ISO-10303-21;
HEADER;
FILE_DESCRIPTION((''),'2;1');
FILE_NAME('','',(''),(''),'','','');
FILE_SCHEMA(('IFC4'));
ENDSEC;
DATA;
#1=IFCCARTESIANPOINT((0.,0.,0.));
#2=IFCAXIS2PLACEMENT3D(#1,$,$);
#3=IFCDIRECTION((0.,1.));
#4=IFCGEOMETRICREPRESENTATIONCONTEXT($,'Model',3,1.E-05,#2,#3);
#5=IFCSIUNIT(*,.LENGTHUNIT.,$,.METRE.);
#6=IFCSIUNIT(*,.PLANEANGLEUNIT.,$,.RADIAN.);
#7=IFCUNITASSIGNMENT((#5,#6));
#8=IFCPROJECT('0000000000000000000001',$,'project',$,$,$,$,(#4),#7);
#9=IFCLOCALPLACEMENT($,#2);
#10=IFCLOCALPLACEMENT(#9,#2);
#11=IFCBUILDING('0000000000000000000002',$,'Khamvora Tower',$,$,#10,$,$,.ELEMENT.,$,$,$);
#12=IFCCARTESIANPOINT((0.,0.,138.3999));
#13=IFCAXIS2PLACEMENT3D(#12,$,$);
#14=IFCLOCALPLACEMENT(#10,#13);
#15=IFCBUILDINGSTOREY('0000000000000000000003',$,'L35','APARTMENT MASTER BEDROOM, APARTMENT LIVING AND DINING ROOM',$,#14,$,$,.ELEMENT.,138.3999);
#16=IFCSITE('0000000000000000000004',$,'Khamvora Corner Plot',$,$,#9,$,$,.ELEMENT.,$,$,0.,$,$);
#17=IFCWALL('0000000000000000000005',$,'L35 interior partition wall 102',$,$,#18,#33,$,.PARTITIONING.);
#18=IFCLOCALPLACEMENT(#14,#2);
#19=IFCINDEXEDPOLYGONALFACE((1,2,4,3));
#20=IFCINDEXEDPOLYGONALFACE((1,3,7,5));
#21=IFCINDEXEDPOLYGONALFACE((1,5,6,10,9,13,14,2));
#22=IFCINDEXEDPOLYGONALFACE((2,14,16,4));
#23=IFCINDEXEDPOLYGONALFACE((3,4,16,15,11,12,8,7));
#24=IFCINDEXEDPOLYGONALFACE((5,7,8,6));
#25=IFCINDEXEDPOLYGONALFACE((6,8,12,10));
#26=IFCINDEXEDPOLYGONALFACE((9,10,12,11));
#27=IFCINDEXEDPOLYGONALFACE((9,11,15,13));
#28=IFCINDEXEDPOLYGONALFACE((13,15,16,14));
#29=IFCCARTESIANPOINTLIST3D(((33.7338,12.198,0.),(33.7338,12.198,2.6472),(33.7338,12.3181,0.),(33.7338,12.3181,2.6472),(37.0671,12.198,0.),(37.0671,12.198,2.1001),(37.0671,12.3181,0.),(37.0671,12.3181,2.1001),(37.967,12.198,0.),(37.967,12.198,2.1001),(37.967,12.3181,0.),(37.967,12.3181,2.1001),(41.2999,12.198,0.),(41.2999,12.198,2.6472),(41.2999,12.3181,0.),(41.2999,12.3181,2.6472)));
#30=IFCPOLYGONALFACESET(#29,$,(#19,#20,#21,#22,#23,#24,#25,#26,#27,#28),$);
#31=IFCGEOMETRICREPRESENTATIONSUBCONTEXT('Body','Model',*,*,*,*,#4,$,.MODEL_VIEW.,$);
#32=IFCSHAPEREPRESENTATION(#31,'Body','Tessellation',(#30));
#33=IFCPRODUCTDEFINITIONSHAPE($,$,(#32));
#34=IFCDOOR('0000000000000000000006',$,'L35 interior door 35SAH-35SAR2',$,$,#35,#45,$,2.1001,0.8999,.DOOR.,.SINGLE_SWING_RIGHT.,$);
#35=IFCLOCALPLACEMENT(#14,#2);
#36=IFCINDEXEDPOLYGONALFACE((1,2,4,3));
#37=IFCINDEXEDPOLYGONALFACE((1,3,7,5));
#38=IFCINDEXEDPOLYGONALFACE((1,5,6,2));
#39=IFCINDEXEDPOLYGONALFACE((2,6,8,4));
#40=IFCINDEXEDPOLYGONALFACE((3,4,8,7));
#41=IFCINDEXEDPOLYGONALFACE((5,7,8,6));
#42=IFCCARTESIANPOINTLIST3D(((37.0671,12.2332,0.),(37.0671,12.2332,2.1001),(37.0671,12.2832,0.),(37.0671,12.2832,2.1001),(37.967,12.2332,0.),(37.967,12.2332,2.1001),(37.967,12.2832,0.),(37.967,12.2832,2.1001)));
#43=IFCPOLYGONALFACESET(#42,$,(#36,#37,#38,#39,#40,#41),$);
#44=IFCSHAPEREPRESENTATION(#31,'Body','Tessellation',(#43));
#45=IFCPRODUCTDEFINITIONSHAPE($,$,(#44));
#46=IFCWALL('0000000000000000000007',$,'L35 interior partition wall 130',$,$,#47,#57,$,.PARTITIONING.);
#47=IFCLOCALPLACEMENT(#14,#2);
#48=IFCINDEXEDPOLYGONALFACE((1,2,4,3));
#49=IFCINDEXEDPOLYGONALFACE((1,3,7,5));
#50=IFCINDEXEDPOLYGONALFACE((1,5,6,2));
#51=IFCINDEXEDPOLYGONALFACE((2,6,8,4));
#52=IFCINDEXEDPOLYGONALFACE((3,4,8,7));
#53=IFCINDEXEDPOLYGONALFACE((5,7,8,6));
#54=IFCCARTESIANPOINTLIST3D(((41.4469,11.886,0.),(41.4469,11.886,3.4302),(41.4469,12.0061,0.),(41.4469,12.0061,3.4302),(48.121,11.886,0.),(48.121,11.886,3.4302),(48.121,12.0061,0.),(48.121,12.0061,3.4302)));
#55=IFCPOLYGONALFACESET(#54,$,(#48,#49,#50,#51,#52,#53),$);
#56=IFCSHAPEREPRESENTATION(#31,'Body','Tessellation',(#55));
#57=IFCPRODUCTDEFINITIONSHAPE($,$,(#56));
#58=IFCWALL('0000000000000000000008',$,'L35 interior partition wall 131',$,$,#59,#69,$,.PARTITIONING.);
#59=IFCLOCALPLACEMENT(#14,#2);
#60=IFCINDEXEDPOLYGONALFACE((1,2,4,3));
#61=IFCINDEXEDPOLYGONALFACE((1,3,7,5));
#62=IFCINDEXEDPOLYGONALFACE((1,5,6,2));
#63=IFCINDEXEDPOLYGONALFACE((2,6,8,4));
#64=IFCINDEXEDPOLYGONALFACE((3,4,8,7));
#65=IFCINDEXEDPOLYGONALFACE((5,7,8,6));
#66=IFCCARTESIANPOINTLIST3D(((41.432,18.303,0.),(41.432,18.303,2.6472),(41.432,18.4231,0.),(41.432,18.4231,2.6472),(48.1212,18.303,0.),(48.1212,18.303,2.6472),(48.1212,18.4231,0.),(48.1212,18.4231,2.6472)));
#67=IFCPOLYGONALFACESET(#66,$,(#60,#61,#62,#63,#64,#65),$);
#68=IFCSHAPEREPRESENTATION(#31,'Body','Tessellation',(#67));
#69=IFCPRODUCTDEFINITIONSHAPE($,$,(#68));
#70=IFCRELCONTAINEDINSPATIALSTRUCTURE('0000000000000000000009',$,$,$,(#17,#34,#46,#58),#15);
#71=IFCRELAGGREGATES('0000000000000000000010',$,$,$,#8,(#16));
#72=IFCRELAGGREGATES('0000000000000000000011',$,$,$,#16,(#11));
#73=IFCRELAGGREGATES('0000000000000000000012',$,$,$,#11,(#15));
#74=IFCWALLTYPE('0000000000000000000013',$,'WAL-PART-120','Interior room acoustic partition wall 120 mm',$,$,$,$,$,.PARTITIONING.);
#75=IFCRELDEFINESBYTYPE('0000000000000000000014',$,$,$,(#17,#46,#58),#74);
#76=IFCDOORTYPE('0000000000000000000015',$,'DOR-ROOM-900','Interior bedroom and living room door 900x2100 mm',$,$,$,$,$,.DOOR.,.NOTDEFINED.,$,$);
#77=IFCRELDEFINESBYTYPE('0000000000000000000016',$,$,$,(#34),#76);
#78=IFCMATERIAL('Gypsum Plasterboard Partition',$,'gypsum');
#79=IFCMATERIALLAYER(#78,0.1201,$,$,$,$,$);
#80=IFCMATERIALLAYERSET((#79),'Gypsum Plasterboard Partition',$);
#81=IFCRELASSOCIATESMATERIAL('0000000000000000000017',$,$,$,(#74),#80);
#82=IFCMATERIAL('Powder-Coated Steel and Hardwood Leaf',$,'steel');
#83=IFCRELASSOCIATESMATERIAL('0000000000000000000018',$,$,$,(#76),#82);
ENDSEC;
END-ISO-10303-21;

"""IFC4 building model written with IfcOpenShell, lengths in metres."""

from ifc_helpers import new_model, si_unit, direction, frame, frame_2d, origin, place, context, subcontext, project, spatial, rectangle, extrude, material, layer, layer_set, type_object, element, fill, save


model = new_model("IFC4")

# Units and contexts
model_context = context("Model", 3, precision=1e-05, world=origin(), true_north=direction((0.0, 1.0)))
body_context = subcontext(model_context, "Body", "Model", "MODEL_VIEW")
ifc_project = project(units=[si_unit("LENGTHUNIT", "METRE"), si_unit("PLANEANGLEUNIT", "RADIAN")], contexts=[model_context])

# Site, building, storey
site_placement = place(None, origin())
site = spatial("IfcSite", under=ifc_project, at=site_placement, Name="Khamvora Corner Plot", CompositionType="ELEMENT", RefElevation=0.0)
building_placement = place(site_placement, origin())
building = spatial("IfcBuilding", under=site, at=building_placement, Name="Khamvora Tower", CompositionType="ELEMENT")
storey_placement = place(building_placement, frame((0.0, 0.0, 138.3999)))
storey = spatial("IfcBuildingStorey", under=building, at=storey_placement, Name="L35", Description="APARTMENT MASTER BEDROOM, APARTMENT LIVING AND DINING ROOM", CompositionType="ELEMENT", Elevation=138.3999)

# Wall, opening, door
ifc_material_1 = material(Name="Gypsum Plasterboard Partition", Category="gypsum")
ifc_layer_1 = layer(ifc_material_1, 0.1201)
ifc_layer_set_1 = layer_set([ifc_layer_1], Name="Gypsum Plasterboard Partition")
wall_type_1 = type_object("IfcWallType", Name="WAL-PART-120", Description="Interior room acoustic partition wall 120 mm", PredefinedType="PARTITIONING", material=ifc_layer_set_1)
wall_1_placement = place(storey_placement, frame((41.3, 12.2581, 0.0), z_axis=(0.0, 0.0, 1.0), x_axis=(-1.0, 0.0, 0.0)))
wall_1 = element("IfcWall", 1, at=wall_1_placement, inside=storey, type_object=wall_type_1, Name="L35 interior partition wall 102", PredefinedType="PARTITIONING", context=body_context, shape_type="SweptSolid", body=[
    extrude(rectangle(XDim=7.5662, YDim=0.1201, at=frame_2d((3.7832, 0.0))), origin(), (0.0, 0.0, 1.0), 2.6472),
])
opening_placement = place(wall_1_placement, frame((3.333, 0.0, 0.0)))
opening = element("IfcOpeningElement", 2, at=opening_placement, cuts=wall_1, PredefinedType="OPENING", context=body_context, shape_type="SweptSolid", body=[
    extrude(rectangle(XDim=0.8999, YDim=2.1001, at=frame_2d((0.45, 1.05))), frame((0.0, 0.0701, 0.0), z_axis=(0.0, -1.0, 0.0), x_axis=(1.0, 0.0, 0.0)), (0.0, 0.0, 1.0), 0.1401),
])
ifc_material_2 = material(Name="Powder-Coated Steel and Hardwood Leaf", Category="steel")
door_type = type_object("IfcDoorType", Name="DOR-ROOM-900", Description="Interior bedroom and living room door 900x2100 mm", OperationType="NOTDEFINED", PredefinedType="DOOR", material=ifc_material_2)
door_placement = place(opening_placement, origin())
door = element("IfcDoor", 3, at=door_placement, inside=storey, type_object=door_type, Name="L35 interior door 35SAH-35SAR2", OperationType="SINGLE_SWING_RIGHT", OverallHeight=2.1001, OverallWidth=0.8999, PredefinedType="DOOR", context=body_context, shape_type="SweptSolid", body=[
    extrude(rectangle(XDim=0.8999, YDim=2.1001, at=frame_2d((0.45, 1.05))), frame((0.0, 0.0249, 0.0), z_axis=(0.0, -1.0, 0.0), x_axis=(1.0, 0.0, 0.0)), (0.0, 0.0, 1.0), 0.05),
])
fill(opening, door)

# Walls
wall_2_placement = place(storey_placement, frame((41.447, 11.946, 0.0), z_axis=(0.0, 0.0, 1.0), x_axis=(1.0, 0.0, 0.0)))
element("IfcWall", 4, at=wall_2_placement, inside=storey, type_object=wall_type_1, Name="L35 interior partition wall 130", PredefinedType="PARTITIONING", context=body_context, shape_type="SweptSolid", body=[
    extrude(rectangle(XDim=6.6741, YDim=0.1201, at=frame_2d((3.3369, 0.0))), origin(), (0.0, 0.0, 1.0), 3.4302),
])
wall_3_placement = place(storey_placement, frame((41.4319, 18.363, 0.0), z_axis=(0.0, 0.0, 1.0), x_axis=(1.0, 0.0, 0.0)))
element("IfcWall", 5, at=wall_3_placement, inside=storey, type_object=wall_type_1, Name="L35 interior partition wall 131", PredefinedType="PARTITIONING", context=body_context, shape_type="SweptSolid", body=[
    extrude(rectangle(XDim=6.6892, YDim=0.1201, at=frame_2d((3.3447, 0.0))), origin(), (0.0, 0.0, 1.0), 2.6472),
])

save(model, "model.ifc")
